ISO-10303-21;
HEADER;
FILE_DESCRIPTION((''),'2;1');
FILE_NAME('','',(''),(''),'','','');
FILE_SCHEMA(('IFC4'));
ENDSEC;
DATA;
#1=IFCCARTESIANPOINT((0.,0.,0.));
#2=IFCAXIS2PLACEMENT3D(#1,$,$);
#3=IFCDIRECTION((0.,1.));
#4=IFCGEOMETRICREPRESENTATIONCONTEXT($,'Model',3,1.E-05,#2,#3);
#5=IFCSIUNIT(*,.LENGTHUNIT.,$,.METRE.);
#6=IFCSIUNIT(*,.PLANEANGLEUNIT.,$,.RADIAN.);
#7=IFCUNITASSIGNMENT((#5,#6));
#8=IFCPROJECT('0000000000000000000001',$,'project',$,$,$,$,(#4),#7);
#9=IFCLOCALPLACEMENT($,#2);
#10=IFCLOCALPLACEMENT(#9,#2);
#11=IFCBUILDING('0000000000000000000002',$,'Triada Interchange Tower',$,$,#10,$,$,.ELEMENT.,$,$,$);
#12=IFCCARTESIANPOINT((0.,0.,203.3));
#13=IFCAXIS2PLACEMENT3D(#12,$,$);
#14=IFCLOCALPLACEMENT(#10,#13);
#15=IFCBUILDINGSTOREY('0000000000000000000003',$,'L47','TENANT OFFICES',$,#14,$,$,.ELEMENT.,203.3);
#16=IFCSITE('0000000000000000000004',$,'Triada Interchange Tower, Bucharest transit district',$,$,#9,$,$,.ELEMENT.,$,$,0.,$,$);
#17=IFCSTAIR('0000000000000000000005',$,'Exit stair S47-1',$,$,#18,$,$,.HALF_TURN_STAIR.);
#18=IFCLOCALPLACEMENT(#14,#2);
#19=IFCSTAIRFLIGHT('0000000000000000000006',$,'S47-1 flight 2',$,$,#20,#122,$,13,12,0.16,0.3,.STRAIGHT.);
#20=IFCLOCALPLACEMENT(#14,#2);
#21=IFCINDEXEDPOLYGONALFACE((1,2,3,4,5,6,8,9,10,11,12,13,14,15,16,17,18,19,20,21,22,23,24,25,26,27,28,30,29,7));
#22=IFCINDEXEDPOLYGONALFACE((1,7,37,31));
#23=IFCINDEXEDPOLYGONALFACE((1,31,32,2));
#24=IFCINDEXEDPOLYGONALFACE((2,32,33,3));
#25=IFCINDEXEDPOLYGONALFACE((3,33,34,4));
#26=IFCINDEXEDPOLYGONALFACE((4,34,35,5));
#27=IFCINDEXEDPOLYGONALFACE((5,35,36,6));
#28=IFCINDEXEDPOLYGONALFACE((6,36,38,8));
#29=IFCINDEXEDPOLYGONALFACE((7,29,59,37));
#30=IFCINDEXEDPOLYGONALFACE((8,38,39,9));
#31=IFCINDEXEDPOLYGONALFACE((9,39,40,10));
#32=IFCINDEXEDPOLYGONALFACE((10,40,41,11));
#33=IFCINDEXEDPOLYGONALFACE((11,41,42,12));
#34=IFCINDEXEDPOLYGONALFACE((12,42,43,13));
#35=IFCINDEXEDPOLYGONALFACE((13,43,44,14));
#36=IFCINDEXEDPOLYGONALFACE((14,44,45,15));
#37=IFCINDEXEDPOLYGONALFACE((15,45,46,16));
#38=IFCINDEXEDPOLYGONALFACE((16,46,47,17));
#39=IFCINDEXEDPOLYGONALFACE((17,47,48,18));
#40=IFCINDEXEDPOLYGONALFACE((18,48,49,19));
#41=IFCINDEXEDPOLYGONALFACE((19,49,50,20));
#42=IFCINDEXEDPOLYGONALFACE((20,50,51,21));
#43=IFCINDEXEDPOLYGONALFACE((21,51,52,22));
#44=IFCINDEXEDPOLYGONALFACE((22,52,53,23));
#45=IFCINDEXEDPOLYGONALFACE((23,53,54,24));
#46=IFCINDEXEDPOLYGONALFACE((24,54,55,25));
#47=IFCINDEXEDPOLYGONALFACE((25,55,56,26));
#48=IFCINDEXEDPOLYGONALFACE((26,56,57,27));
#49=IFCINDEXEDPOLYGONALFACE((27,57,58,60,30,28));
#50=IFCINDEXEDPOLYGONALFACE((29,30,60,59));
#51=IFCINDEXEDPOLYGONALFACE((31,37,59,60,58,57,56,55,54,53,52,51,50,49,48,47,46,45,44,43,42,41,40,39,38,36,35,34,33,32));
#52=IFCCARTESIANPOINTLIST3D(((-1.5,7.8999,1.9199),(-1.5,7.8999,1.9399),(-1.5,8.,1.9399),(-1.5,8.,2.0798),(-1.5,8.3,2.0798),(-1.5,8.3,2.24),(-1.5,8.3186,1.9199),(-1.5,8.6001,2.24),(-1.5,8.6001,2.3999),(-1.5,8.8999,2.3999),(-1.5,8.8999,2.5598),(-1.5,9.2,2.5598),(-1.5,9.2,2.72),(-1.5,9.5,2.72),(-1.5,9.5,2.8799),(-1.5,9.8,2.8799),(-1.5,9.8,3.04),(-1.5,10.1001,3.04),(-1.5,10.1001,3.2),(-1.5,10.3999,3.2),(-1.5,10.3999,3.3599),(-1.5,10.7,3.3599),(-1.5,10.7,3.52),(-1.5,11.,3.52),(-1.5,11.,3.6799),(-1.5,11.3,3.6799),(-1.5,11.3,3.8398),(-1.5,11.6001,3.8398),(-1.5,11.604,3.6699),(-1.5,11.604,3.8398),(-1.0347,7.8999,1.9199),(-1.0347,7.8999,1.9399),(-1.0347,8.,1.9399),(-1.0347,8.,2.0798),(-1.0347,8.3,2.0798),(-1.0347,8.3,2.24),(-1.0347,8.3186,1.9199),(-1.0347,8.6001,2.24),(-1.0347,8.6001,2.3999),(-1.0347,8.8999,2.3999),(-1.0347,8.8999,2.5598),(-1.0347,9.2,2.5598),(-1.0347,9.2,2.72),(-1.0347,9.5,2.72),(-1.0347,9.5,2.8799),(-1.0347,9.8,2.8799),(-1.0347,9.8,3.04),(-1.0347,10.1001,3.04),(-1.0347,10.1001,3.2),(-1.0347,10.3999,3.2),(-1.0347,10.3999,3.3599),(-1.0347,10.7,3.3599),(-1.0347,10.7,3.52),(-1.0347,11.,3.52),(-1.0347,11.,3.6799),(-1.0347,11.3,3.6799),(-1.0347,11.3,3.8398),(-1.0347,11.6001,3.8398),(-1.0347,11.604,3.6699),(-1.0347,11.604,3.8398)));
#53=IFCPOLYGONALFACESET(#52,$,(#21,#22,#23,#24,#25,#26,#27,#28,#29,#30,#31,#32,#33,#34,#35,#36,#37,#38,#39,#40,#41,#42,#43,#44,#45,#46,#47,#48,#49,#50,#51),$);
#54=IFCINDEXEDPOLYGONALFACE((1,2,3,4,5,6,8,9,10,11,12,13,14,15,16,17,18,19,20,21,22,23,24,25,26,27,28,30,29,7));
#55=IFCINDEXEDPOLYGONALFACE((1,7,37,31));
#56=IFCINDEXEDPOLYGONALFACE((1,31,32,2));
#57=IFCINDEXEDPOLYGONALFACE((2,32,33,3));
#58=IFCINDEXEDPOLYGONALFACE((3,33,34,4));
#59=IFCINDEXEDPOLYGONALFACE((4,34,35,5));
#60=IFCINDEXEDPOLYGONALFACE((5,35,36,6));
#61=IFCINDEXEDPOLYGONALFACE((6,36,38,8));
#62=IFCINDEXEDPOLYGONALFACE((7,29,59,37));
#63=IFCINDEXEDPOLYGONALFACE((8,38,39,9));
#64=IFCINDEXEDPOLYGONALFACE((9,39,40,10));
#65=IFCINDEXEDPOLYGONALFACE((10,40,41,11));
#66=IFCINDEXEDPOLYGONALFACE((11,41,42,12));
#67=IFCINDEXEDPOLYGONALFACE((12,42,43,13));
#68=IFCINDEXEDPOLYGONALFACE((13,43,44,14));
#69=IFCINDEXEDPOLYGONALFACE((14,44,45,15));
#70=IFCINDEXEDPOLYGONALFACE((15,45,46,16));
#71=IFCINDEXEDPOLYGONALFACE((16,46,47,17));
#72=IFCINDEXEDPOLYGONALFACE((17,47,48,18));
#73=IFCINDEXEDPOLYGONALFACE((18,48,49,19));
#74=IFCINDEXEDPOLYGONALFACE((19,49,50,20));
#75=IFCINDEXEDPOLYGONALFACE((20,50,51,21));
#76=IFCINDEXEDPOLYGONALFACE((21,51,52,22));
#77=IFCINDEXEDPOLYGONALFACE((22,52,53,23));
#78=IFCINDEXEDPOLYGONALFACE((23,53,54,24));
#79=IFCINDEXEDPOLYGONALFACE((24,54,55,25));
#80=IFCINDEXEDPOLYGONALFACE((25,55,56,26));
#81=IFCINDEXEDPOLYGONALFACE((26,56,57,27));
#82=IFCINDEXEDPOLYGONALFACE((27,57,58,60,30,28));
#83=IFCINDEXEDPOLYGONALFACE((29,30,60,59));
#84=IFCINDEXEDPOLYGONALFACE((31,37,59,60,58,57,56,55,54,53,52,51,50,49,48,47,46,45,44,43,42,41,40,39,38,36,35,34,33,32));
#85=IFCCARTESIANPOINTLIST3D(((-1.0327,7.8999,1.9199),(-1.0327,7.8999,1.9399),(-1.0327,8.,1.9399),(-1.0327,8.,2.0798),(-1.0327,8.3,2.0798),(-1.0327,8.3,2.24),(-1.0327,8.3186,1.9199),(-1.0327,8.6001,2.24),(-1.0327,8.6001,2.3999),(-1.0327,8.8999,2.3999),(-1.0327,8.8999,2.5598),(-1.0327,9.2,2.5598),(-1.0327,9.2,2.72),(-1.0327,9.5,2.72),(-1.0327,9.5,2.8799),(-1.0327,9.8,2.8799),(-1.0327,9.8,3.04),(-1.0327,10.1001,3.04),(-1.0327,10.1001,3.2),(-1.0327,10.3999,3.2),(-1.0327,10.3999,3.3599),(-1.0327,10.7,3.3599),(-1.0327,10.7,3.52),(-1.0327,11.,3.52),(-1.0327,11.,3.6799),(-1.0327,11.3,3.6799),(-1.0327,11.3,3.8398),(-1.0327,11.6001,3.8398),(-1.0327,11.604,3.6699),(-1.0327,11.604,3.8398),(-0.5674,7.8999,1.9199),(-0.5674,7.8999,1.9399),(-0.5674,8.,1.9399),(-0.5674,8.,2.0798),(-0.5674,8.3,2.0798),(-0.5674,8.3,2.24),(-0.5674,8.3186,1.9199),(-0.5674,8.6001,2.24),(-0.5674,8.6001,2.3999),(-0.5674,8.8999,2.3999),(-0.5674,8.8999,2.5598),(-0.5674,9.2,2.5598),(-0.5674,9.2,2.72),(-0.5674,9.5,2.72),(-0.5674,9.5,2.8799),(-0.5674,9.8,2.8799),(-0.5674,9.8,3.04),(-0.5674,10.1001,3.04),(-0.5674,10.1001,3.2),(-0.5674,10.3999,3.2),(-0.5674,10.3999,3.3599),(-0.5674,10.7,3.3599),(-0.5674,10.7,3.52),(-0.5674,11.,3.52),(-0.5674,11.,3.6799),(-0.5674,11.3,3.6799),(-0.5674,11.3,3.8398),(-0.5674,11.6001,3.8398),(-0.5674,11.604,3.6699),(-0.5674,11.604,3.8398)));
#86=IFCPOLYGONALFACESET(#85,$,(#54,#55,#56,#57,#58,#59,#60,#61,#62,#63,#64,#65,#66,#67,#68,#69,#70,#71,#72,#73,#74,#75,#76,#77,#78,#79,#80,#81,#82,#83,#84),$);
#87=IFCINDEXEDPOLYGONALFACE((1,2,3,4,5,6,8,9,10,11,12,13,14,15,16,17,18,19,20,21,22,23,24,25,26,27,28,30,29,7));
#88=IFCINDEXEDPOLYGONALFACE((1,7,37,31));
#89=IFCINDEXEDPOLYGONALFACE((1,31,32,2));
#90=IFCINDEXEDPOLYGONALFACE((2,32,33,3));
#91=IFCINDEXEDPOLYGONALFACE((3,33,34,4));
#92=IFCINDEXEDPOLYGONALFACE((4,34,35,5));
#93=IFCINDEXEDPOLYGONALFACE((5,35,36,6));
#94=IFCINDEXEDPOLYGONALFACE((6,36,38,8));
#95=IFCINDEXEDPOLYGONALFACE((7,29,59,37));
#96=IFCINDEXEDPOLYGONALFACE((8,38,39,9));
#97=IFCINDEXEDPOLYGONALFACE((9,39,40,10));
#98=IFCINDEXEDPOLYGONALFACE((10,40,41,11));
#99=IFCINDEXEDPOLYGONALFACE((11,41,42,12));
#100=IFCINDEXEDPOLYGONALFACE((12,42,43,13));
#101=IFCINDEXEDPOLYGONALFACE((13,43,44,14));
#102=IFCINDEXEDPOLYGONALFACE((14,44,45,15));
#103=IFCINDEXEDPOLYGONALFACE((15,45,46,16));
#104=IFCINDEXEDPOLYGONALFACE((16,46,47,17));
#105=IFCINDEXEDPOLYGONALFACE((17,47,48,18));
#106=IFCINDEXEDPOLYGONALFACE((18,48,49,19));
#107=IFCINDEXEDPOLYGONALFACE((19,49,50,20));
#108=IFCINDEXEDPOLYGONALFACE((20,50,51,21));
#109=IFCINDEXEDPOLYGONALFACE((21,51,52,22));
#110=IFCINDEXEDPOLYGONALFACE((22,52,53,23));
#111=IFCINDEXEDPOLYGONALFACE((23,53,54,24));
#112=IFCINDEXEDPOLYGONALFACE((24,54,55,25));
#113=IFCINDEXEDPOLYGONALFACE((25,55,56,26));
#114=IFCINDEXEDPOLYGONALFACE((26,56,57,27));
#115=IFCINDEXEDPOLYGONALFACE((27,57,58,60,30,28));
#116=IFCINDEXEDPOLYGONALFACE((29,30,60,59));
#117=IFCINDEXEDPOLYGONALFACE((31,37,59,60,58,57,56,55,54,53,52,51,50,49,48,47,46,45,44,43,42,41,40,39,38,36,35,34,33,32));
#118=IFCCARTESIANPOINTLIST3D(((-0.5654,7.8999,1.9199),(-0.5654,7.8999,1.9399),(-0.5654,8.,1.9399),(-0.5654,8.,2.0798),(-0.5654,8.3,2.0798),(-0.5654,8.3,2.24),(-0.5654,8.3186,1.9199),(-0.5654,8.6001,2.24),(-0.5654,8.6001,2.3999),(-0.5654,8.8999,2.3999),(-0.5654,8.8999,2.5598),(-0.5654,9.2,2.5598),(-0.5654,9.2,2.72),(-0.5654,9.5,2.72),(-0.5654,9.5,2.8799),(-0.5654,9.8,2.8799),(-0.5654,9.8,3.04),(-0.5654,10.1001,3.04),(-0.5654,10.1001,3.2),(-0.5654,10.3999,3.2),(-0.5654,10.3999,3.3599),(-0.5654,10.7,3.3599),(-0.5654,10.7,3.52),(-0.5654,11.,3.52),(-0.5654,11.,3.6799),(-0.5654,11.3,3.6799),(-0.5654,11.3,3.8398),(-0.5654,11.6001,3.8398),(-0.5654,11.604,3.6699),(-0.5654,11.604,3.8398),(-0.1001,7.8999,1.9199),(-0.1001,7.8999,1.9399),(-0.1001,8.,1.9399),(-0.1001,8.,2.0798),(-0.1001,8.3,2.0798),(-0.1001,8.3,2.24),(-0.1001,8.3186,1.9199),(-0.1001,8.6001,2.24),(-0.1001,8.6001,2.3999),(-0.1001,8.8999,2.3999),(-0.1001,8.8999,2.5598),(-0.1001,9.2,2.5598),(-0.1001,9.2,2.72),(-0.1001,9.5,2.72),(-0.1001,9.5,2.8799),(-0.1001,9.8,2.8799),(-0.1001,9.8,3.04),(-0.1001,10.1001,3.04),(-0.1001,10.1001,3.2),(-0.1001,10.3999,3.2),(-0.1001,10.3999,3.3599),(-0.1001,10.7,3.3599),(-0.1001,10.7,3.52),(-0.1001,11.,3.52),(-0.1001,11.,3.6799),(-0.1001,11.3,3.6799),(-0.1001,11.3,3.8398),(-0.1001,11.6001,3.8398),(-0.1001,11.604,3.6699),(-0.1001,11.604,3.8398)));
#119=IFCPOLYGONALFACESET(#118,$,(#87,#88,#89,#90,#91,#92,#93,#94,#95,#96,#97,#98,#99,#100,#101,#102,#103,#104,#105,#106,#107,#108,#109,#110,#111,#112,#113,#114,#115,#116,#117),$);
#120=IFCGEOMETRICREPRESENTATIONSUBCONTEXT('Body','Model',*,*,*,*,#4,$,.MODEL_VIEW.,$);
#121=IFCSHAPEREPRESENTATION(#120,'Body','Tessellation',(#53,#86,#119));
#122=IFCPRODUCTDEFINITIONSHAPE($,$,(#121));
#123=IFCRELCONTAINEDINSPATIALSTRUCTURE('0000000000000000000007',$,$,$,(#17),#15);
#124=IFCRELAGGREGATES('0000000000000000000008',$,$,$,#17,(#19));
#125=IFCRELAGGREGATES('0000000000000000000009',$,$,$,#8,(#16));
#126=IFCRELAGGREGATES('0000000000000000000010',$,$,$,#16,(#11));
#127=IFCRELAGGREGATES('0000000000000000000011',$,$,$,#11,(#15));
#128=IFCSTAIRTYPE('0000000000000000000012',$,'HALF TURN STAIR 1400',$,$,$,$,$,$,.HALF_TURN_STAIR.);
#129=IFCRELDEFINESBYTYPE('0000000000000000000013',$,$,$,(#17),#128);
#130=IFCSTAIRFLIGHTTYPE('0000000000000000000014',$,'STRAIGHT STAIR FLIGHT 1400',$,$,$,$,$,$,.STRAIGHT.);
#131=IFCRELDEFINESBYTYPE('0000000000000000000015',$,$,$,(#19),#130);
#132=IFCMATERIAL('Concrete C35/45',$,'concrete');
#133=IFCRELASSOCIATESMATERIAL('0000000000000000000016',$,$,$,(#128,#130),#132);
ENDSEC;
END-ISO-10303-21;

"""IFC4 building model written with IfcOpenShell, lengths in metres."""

from ifc_helpers import new_model, si_unit, direction, frame, origin, place, context, subcontext, project, spatial, polyline, outline, extrude, material, type_object, element, aggregate, save


model = new_model("IFC4")

# Units and contexts
model_context = context("Model", 3, precision=1e-05, world=origin(), true_north=direction((0.0, 1.0)))
body_context = subcontext(model_context, "Body", "Model", "MODEL_VIEW")
ifc_project = project(units=[si_unit("LENGTHUNIT", "METRE"), si_unit("PLANEANGLEUNIT", "RADIAN")], contexts=[model_context])

# Site, building, storey
site_placement = place(None, origin())
site = spatial("IfcSite", under=ifc_project, at=site_placement, Name="Triada Interchange Tower, Bucharest transit district", CompositionType="ELEMENT", RefElevation=0.0)
building_placement = place(site_placement, origin())
building = spatial("IfcBuilding", under=site, at=building_placement, Name="Triada Interchange Tower", CompositionType="ELEMENT")
storey_placement = place(building_placement, frame((0.0, 0.0, 203.3)))
storey = spatial("IfcBuildingStorey", under=building, at=storey_placement, Name="L47", Description="TENANT OFFICES", CompositionType="ELEMENT", Elevation=203.3)

# Stair, stair flight
ifc_material_1 = material(Name="Concrete C35/45", Category="concrete")
stair_type = type_object("IfcStairType", Name="HALF TURN STAIR 1400", PredefinedType="HALF_TURN_STAIR", material=ifc_material_1)
stair_placement = place(storey_placement, origin())
stair = element("IfcStair", 1, at=stair_placement, inside=storey, type_object=stair_type, Name="Exit stair S47-1", PredefinedType="HALF_TURN_STAIR")
stair_flight_type = type_object("IfcStairFlightType", Name="STRAIGHT STAIR FLIGHT 1400", PredefinedType="STRAIGHT", material=ifc_material_1)
stair_flight_placement = place(storey_placement, frame((-0.8, 8.0, 1.9199), z_axis=(0.0, 0.0, 1.0), x_axis=(0.0, 1.0, 0.0)))
stair_flight = element("IfcStairFlight", 2, at=stair_flight_placement, type_object=stair_flight_type, Name="S47-1 flight 2", NumberOfRisers=13, NumberOfTreads=12, PredefinedType="STRAIGHT", RiserHeight=0.16, TreadLength=0.3, context=body_context, shape_type="SweptSolid", body=[
    extrude(outline(polyline([(-0.1001, 0.0), (-0.1001, 0.02), (0.0, 0.02), (0.0, 0.1599), (0.3, 0.1599), (0.3, 0.3201), (0.6001, 0.3201), (0.6001, 0.48), (0.8999, 0.48), (0.8999, 0.6399), (1.2, 0.6399), (1.2, 0.8), (1.5, 0.8), (1.5, 0.96), (1.8, 0.96), (1.8, 1.1201), (2.1001, 1.1201), (2.1001, 1.28), (2.3999, 1.28), (2.3999, 1.4399), (2.7, 1.4399), (2.7, 1.6001), (3.0, 1.6001), (3.0, 1.76), (3.3, 1.76), (3.3, 1.9199), (3.6001, 1.9199), (3.604, 1.9199), (3.604, 2.0801), (3.604, 1.75), (0.3186, 0.0), (-0.1001, 0.0)])), frame((0.0, 0.7, 0.0), z_axis=(0.0, -1.0, 0.0), x_axis=(1.0, 0.0, 0.0)), (0.0, 0.0, 1.0), 0.4653),
    extrude(outline(polyline([(-0.1001, 0.0), (-0.1001, 0.02), (0.0, 0.02), (0.0, 0.1599), (0.3, 0.1599), (0.3, 0.3201), (0.6001, 0.3201), (0.6001, 0.48), (0.8999, 0.48), (0.8999, 0.6399), (1.2, 0.6399), (1.2, 0.8), (1.5, 0.8), (1.5, 0.96), (1.8, 0.96), (1.8, 1.1201), (2.1001, 1.1201), (2.1001, 1.28), (2.3999, 1.28), (2.3999, 1.4399), (2.7, 1.4399), (2.7, 1.6001), (3.0, 1.6001), (3.0, 1.76), (3.3, 1.76), (3.3, 1.9199), (3.6001, 1.9199), (3.604, 1.9199), (3.604, 2.0801), (3.604, 1.75), (0.3186, 0.0), (-0.1001, 0.0)])), frame((0.0, 0.2327, 0.0), z_axis=(0.0, -1.0, 0.0), x_axis=(1.0, 0.0, 0.0)), (0.0, 0.0, 1.0), 0.4653),
    extrude(outline(polyline([(-0.1001, 0.0), (-0.1001, 0.02), (0.0, 0.02), (0.0, 0.1599), (0.3, 0.1599), (0.3, 0.3201), (0.6001, 0.3201), (0.6001, 0.48), (0.8999, 0.48), (0.8999, 0.6399), (1.2, 0.6399), (1.2, 0.8), (1.5, 0.8), (1.5, 0.96), (1.8, 0.96), (1.8, 1.1201), (2.1001, 1.1201), (2.1001, 1.28), (2.3999, 1.28), (2.3999, 1.4399), (2.7, 1.4399), (2.7, 1.6001), (3.0, 1.6001), (3.0, 1.76), (3.3, 1.76), (3.3, 1.9199), (3.6001, 1.9199), (3.604, 1.9199), (3.604, 2.0801), (3.604, 1.75), (0.3186, 0.0), (-0.1001, 0.0)])), frame((0.0, -0.2346, 0.0), z_axis=(0.0, -1.0, 0.0), x_axis=(1.0, 0.0, 0.0)), (0.0, 0.0, 1.0), 0.4653),
])
aggregate(stair, [stair_flight])

save(model, "model.ifc")
